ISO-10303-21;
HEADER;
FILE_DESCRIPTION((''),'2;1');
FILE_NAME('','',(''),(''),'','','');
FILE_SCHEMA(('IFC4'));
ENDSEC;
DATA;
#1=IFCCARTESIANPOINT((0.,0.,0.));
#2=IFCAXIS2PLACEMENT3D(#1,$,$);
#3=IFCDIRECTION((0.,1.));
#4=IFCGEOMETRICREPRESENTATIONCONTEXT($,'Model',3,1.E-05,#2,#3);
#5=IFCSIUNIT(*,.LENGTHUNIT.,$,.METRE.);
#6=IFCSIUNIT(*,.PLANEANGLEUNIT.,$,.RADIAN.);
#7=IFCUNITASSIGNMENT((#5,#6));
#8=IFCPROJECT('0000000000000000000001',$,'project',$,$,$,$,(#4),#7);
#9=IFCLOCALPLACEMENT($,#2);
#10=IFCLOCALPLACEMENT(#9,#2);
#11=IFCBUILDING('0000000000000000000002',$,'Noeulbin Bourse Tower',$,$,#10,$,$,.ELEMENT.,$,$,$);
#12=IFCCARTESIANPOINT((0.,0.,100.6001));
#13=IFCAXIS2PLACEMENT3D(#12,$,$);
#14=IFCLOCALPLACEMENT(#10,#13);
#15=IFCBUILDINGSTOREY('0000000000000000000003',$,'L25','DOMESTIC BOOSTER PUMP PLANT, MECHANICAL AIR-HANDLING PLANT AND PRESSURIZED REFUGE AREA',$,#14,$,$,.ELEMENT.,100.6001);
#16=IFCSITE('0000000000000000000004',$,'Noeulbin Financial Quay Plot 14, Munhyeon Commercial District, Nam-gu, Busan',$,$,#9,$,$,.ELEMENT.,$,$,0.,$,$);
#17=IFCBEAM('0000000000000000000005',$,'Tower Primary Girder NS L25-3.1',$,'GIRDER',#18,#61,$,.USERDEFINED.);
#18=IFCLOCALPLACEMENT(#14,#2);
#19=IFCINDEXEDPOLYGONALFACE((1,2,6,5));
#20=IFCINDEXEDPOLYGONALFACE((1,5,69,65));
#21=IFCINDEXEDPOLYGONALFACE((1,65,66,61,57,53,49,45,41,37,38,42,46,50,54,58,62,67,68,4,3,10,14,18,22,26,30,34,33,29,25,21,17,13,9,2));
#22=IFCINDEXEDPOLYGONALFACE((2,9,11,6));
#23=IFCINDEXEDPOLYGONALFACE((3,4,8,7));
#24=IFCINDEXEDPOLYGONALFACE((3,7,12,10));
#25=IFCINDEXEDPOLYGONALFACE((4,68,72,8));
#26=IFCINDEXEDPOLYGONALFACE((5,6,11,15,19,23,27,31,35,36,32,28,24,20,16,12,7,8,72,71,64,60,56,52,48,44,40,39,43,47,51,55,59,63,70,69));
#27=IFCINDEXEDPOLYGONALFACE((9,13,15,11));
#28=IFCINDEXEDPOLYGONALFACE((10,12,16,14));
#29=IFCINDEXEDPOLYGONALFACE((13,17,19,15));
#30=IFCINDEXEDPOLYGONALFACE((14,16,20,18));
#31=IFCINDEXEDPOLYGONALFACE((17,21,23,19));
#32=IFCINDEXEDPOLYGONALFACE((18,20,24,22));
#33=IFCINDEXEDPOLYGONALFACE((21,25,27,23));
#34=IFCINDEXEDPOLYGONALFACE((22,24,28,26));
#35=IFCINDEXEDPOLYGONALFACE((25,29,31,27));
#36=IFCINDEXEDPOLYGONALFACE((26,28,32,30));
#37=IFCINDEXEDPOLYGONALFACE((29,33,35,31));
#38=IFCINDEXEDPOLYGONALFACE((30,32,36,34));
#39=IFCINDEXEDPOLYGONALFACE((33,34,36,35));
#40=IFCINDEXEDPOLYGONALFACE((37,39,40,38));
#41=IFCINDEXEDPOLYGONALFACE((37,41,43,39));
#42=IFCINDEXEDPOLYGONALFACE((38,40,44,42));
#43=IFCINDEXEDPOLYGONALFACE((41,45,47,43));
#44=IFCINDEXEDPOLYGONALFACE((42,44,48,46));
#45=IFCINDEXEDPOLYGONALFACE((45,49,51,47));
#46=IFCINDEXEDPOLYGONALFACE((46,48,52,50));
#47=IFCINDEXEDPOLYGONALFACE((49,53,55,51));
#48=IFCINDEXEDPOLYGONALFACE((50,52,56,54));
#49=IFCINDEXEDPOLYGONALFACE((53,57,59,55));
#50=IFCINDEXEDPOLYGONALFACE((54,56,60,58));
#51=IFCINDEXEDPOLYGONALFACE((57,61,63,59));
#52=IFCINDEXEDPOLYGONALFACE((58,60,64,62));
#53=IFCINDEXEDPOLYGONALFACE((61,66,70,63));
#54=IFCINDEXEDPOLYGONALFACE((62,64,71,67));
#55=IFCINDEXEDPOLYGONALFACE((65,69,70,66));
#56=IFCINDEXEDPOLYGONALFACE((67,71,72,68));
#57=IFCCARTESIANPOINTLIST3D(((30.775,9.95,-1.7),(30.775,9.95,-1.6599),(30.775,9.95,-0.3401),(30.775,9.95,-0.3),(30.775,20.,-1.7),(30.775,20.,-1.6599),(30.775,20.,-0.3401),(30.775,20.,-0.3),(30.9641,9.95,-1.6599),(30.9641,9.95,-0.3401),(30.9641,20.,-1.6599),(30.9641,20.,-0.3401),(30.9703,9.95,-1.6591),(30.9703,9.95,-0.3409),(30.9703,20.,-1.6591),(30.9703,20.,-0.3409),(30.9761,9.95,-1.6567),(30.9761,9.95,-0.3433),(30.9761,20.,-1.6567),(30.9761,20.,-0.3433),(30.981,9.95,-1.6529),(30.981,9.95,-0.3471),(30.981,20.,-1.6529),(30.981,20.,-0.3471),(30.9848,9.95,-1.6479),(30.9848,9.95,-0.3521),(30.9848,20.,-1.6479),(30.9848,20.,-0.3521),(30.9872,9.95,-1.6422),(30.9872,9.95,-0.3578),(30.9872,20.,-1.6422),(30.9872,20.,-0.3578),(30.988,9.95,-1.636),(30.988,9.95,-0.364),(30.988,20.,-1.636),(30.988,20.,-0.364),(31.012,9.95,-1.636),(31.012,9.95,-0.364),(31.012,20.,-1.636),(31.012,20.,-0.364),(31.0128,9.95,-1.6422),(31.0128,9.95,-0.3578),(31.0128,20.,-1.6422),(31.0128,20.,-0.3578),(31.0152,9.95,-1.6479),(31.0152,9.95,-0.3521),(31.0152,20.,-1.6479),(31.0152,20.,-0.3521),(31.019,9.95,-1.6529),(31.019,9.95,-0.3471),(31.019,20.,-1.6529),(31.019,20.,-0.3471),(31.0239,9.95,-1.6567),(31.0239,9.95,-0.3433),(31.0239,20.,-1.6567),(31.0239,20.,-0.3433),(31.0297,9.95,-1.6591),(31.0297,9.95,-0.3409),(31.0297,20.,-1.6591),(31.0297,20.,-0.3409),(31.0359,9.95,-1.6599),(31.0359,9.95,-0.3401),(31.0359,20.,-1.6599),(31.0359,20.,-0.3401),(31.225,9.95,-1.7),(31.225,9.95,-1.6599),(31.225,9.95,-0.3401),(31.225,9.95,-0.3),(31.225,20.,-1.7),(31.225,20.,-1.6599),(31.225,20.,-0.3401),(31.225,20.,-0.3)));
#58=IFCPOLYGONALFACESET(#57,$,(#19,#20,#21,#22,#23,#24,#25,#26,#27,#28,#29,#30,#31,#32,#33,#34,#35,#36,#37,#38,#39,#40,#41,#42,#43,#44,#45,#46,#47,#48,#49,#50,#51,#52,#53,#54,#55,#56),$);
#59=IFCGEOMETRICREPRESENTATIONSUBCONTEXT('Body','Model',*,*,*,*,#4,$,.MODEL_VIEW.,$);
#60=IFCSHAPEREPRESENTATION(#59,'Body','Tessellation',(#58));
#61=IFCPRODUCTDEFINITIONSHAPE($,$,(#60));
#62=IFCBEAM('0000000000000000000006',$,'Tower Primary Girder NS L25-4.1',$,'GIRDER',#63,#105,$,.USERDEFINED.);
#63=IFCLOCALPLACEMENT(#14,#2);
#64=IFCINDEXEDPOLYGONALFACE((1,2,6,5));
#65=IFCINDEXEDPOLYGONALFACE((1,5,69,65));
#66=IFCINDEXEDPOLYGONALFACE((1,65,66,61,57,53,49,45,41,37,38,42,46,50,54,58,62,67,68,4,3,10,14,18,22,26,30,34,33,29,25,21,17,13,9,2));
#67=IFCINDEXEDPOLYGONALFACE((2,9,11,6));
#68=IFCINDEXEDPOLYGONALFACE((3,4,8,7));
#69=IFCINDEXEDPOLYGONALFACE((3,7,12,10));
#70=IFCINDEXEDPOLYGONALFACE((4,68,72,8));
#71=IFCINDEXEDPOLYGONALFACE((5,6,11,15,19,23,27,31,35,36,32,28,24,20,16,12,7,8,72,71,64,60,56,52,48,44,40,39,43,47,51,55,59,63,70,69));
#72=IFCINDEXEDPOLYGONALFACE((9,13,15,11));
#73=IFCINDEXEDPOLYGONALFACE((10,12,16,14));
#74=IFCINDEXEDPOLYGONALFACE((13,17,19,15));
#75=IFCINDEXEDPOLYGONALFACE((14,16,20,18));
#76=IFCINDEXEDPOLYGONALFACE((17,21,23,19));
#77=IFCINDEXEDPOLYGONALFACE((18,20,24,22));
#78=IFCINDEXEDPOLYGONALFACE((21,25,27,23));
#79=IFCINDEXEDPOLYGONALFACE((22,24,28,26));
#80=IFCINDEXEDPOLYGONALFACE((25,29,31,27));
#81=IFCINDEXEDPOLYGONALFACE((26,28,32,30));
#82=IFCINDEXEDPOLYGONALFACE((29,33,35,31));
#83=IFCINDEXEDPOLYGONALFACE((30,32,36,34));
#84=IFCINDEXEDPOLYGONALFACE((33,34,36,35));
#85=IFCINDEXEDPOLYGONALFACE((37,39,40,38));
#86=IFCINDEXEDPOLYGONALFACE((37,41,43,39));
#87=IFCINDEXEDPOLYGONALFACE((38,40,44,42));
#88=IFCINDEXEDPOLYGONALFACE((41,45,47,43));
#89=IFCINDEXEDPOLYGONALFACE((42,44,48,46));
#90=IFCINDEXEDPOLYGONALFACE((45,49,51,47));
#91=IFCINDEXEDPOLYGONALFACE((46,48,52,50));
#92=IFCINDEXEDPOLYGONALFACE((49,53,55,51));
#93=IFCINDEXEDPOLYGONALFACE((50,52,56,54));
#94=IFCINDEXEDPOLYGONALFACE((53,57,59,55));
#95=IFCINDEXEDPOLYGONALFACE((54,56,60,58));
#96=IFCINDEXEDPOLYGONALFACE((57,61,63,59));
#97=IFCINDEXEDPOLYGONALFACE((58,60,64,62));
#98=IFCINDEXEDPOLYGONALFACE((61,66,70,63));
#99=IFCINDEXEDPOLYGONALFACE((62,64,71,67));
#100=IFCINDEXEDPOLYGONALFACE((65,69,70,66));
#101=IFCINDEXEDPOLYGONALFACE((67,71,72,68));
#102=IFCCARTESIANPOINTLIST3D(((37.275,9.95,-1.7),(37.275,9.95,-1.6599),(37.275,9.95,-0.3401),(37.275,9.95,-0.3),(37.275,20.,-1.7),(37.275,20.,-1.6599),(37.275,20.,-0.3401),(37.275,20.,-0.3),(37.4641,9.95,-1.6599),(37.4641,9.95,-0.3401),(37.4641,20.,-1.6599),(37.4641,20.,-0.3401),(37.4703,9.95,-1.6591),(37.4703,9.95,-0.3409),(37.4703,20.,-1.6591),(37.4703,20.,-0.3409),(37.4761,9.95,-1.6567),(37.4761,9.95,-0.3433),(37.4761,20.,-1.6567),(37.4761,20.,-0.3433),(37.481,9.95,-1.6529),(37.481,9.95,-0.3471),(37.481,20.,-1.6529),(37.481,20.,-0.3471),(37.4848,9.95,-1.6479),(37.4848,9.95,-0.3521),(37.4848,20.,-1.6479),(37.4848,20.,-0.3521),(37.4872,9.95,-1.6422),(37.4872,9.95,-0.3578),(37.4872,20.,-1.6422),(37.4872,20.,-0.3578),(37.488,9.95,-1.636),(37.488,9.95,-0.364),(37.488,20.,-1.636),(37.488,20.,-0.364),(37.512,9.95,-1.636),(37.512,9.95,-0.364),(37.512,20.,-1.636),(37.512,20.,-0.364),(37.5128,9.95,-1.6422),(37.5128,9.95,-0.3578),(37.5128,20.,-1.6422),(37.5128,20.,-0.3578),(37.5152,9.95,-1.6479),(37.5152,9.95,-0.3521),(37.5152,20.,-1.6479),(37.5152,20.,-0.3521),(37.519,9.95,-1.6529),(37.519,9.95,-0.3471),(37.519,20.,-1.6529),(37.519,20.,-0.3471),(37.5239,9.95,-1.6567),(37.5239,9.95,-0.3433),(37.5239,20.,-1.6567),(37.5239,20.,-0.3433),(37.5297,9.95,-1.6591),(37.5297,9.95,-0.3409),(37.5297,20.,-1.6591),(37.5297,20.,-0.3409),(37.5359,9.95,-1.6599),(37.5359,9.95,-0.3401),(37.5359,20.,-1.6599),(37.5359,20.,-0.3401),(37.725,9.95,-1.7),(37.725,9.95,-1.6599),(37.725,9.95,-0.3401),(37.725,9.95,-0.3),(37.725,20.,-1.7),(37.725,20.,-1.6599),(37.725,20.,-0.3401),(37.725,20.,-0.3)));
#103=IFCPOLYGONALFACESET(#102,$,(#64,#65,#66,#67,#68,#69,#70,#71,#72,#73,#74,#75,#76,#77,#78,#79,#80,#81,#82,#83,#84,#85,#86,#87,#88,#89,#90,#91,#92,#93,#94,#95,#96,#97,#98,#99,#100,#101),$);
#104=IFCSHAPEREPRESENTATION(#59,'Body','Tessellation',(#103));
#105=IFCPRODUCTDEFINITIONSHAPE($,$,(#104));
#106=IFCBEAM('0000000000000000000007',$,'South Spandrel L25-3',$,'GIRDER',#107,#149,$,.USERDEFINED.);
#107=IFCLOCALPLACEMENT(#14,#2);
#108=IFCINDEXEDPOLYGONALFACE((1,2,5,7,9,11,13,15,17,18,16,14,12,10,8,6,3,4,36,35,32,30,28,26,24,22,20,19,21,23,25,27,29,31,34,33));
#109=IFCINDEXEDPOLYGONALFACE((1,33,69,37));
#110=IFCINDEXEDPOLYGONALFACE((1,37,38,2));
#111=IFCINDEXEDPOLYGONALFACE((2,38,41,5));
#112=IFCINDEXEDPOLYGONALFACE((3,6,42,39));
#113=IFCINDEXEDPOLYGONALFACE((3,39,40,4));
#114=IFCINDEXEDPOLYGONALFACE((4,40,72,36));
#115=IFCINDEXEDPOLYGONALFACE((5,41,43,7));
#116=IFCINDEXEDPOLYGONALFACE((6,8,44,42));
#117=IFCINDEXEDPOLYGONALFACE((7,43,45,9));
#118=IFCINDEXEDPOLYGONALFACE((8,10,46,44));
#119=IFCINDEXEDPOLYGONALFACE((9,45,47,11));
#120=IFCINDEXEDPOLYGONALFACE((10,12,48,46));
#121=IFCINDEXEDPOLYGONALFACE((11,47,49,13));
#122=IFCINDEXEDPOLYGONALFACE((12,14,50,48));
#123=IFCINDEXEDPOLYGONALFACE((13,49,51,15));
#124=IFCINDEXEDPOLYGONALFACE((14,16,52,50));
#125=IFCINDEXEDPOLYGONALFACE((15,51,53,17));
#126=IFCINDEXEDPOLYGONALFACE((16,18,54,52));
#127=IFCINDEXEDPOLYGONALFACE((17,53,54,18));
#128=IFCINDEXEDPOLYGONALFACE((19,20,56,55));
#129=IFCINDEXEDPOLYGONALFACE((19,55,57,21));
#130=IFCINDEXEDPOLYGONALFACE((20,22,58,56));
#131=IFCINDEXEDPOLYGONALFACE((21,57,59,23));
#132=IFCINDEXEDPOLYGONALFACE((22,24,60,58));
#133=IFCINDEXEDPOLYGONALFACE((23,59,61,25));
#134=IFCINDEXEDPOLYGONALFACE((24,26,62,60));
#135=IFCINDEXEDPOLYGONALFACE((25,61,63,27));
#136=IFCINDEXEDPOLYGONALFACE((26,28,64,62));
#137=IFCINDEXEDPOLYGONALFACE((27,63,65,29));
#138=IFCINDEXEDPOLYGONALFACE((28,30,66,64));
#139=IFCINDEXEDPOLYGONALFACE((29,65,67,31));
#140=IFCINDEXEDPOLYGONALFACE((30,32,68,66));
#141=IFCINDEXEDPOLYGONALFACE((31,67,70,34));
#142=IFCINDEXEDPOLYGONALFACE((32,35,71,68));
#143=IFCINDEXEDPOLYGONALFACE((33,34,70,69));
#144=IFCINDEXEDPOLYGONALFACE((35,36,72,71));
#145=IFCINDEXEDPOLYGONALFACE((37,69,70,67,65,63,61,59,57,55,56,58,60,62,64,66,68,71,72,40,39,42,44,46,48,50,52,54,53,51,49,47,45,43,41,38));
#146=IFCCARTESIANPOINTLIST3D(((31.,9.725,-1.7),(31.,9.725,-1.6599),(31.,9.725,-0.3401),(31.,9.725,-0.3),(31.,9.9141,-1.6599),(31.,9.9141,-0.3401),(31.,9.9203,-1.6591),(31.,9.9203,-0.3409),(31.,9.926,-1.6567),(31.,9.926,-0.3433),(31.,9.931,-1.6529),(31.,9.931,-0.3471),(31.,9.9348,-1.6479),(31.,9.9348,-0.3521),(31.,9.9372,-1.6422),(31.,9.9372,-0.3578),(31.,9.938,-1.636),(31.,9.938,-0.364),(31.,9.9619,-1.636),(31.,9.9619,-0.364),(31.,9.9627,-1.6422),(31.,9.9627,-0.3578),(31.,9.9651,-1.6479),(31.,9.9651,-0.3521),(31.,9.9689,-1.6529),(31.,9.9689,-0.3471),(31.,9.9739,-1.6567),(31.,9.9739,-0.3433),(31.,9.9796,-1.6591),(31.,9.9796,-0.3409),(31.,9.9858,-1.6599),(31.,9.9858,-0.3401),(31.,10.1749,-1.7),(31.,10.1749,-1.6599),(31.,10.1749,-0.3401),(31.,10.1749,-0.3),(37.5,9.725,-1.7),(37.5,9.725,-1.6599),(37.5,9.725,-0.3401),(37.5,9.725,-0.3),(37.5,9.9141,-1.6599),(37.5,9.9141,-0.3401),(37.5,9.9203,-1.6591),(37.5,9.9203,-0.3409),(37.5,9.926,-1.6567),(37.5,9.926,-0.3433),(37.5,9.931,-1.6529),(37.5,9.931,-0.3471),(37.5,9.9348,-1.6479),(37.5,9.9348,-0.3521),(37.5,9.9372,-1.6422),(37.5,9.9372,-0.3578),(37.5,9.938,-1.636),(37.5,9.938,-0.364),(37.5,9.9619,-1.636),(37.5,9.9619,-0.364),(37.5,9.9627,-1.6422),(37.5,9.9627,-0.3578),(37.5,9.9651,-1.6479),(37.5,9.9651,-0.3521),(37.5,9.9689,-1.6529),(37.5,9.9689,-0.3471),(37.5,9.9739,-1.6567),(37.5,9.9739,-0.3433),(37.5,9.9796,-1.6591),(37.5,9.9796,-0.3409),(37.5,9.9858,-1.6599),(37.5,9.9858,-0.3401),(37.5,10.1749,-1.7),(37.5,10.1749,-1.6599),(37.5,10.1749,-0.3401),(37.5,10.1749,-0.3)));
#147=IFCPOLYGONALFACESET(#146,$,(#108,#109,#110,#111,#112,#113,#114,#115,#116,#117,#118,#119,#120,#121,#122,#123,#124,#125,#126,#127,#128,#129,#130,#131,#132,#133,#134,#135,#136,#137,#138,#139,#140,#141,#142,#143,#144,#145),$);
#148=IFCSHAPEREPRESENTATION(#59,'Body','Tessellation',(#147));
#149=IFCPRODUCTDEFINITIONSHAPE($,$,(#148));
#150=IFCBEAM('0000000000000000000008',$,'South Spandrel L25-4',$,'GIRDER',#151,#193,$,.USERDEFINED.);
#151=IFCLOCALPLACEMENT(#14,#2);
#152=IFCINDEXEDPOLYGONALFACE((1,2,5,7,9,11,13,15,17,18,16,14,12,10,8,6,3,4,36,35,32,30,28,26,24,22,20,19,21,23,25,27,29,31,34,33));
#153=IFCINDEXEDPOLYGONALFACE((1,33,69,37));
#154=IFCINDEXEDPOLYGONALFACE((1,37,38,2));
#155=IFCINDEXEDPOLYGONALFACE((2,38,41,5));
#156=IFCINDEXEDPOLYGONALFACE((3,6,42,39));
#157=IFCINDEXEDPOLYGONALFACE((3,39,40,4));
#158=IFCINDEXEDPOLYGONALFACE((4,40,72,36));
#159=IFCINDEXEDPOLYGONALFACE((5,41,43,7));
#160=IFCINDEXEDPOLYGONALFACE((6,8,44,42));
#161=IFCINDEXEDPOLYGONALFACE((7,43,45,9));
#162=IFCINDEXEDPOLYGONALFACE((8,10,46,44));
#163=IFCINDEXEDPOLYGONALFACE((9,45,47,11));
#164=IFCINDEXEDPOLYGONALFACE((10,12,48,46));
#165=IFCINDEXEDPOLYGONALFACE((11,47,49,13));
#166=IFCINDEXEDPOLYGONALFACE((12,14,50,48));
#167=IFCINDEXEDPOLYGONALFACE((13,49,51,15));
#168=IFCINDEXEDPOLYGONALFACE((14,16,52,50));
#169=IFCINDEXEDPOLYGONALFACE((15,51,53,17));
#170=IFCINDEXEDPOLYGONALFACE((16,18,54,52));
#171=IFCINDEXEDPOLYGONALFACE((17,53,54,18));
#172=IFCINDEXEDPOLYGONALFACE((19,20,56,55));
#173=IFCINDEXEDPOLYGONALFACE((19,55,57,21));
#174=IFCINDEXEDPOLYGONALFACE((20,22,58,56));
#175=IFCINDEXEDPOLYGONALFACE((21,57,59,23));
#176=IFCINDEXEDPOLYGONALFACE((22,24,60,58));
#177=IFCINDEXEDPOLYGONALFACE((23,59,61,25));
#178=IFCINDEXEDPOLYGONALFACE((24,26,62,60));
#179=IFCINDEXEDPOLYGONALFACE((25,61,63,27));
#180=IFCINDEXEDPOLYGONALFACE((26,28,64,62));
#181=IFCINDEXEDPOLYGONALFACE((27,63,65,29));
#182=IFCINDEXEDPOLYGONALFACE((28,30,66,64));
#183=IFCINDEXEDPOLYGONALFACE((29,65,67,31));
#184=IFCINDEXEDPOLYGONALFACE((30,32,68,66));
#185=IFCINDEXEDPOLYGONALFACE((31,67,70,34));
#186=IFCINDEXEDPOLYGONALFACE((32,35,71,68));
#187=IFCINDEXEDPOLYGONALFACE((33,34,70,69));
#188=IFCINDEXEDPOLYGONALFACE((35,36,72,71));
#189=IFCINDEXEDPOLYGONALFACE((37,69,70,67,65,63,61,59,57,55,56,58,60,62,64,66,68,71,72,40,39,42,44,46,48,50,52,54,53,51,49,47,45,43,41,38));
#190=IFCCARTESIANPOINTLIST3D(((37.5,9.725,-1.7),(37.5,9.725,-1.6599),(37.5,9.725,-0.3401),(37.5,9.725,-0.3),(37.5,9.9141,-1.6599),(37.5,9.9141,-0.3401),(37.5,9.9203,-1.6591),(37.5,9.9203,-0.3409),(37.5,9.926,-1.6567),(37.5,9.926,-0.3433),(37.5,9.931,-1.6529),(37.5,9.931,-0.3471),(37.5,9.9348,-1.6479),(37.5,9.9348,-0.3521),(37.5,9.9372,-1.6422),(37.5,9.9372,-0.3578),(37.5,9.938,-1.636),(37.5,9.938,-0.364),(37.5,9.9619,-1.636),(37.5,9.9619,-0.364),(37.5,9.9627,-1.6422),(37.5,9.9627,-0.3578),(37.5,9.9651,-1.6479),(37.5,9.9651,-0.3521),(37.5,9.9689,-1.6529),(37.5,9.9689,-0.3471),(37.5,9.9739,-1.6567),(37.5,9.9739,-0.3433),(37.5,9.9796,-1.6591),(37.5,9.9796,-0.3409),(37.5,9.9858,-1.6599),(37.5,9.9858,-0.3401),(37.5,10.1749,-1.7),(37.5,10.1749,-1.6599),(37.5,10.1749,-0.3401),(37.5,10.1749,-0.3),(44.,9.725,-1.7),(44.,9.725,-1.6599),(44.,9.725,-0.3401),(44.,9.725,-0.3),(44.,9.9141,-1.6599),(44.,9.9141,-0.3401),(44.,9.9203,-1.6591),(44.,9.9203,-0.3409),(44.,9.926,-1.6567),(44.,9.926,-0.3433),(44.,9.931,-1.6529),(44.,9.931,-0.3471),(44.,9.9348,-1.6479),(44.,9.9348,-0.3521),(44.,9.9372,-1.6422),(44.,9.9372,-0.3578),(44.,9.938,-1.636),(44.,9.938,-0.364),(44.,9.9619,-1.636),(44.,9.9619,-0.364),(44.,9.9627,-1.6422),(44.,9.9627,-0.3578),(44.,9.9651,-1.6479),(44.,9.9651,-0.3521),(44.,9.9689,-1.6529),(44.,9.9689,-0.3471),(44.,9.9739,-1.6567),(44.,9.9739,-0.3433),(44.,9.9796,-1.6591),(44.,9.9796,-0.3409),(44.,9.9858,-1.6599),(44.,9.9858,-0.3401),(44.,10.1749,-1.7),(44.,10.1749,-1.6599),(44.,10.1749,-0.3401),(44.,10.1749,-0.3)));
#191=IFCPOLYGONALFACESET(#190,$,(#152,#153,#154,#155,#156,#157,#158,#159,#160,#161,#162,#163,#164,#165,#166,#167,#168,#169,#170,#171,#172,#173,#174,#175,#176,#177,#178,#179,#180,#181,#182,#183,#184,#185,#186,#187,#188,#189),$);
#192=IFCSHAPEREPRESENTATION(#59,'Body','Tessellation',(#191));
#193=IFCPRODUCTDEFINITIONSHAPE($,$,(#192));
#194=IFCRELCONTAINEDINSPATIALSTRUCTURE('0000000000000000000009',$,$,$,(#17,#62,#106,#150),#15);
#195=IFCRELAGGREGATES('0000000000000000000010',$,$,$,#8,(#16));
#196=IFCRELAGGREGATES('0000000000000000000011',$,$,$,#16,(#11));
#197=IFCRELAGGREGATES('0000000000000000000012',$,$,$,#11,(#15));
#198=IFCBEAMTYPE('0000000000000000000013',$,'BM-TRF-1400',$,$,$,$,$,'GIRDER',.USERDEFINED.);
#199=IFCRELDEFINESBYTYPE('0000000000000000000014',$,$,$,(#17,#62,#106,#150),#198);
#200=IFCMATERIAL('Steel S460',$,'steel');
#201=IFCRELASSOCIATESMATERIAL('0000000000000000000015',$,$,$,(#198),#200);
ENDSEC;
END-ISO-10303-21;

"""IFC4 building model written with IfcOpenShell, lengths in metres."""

from ifc_helpers import new_model, si_unit, direction, frame, origin, origin_2d, place, context, subcontext, project, spatial, i_section, extrude, material, material_profile, profile_set, type_object, element, save


model = new_model("IFC4")

# Units and contexts
model_context = context("Model", 3, precision=1e-05, world=origin(), true_north=direction((0.0, 1.0)))
body_context = subcontext(model_context, "Body", "Model", "MODEL_VIEW")
ifc_project = project(units=[si_unit("LENGTHUNIT", "METRE"), si_unit("PLANEANGLEUNIT", "RADIAN")], contexts=[model_context])

# Site, building, storey
site_placement = place(None, origin())
site = spatial("IfcSite", under=ifc_project, at=site_placement, Name="Noeulbin Financial Quay Plot 14, Munhyeon Commercial District, Nam-gu, Busan", CompositionType="ELEMENT", RefElevation=0.0)
building_placement = place(site_placement, origin())
building = spatial("IfcBuilding", under=site, at=building_placement, Name="Noeulbin Bourse Tower", CompositionType="ELEMENT")
storey_placement = place(building_placement, frame((0.0, 0.0, 100.6001)))
storey = spatial("IfcBuildingStorey", under=building, at=storey_placement, Name="L25", Description="DOMESTIC BOOSTER PUMP PLANT, MECHANICAL AIR-HANDLING PLANT AND PRESSURIZED REFUGE AREA", CompositionType="ELEMENT", Elevation=100.6001)

# Shared definitions
ifc_material_1 = material(Name="Steel S460", Category="steel")

# Beams
ifc_material_profile_1 = material_profile(ifc_material_1, i_section(OverallWidth=0.45, OverallDepth=1.3999, WebThickness=0.0239, FlangeThickness=0.04, FilletRadius=0.0239, at=origin_2d()), Name="PG-1400x450x24x40", Category="LoadBearing")
ifc_profile_set_1 = profile_set([ifc_material_profile_1], Name="Steel S460")
beam_type_1 = type_object("IfcBeamType", Name="BM-TRF-1400", ElementType="GIRDER", PredefinedType="USERDEFINED", material=ifc_profile_set_1)
for number, where, z_axis, x_axis, name in (
    (1, (31.0, 9.95, -1.0), (0.0, 1.0, 0.0), (-1.0, 0.0, 0.0), "Tower Primary Girder NS L25-3.1"),
    (2, (37.5, 9.95, -1.0), (0.0, 1.0, 0.0), (-1.0, 0.0, 0.0), "Tower Primary Girder NS L25-4.1"),
):
    element("IfcBeam", number, at=place(storey_placement, frame(where, z_axis=z_axis, x_axis=x_axis)), inside=storey, type_object=beam_type_1, Name=name, ObjectType="GIRDER", PredefinedType="USERDEFINED", context=body_context, shape_type="SweptSolid", body=[
        extrude(i_section(OverallWidth=0.45, OverallDepth=1.3999, WebThickness=0.0239, FlangeThickness=0.04, FilletRadius=0.0239, at=origin_2d()), origin(), (0.0, 0.0, 1.0), 10.05),
    ])
for number, where, z_axis, x_axis, name in (
    (3, (31.0, 9.95, -1.0), (1.0, 0.0, 0.0), (0.0, 1.0, 0.0), "South Spandrel L25-3"),
    (4, (37.5, 9.95, -1.0), (1.0, 0.0, 0.0), (0.0, 1.0, 0.0), "South Spandrel L25-4"),
):
    element("IfcBeam", number, at=place(storey_placement, frame(where, z_axis=z_axis, x_axis=x_axis)), inside=storey, type_object=beam_type_1, Name=name, ObjectType="GIRDER", PredefinedType="USERDEFINED", context=body_context, shape_type="SweptSolid", body=[
        extrude(i_section(OverallWidth=0.45, OverallDepth=1.3999, WebThickness=0.0239, FlangeThickness=0.04, FilletRadius=0.0239, at=origin_2d()), origin(), (0.0, 0.0, 1.0), 6.5),
    ])

save(model, "model.ifc")
